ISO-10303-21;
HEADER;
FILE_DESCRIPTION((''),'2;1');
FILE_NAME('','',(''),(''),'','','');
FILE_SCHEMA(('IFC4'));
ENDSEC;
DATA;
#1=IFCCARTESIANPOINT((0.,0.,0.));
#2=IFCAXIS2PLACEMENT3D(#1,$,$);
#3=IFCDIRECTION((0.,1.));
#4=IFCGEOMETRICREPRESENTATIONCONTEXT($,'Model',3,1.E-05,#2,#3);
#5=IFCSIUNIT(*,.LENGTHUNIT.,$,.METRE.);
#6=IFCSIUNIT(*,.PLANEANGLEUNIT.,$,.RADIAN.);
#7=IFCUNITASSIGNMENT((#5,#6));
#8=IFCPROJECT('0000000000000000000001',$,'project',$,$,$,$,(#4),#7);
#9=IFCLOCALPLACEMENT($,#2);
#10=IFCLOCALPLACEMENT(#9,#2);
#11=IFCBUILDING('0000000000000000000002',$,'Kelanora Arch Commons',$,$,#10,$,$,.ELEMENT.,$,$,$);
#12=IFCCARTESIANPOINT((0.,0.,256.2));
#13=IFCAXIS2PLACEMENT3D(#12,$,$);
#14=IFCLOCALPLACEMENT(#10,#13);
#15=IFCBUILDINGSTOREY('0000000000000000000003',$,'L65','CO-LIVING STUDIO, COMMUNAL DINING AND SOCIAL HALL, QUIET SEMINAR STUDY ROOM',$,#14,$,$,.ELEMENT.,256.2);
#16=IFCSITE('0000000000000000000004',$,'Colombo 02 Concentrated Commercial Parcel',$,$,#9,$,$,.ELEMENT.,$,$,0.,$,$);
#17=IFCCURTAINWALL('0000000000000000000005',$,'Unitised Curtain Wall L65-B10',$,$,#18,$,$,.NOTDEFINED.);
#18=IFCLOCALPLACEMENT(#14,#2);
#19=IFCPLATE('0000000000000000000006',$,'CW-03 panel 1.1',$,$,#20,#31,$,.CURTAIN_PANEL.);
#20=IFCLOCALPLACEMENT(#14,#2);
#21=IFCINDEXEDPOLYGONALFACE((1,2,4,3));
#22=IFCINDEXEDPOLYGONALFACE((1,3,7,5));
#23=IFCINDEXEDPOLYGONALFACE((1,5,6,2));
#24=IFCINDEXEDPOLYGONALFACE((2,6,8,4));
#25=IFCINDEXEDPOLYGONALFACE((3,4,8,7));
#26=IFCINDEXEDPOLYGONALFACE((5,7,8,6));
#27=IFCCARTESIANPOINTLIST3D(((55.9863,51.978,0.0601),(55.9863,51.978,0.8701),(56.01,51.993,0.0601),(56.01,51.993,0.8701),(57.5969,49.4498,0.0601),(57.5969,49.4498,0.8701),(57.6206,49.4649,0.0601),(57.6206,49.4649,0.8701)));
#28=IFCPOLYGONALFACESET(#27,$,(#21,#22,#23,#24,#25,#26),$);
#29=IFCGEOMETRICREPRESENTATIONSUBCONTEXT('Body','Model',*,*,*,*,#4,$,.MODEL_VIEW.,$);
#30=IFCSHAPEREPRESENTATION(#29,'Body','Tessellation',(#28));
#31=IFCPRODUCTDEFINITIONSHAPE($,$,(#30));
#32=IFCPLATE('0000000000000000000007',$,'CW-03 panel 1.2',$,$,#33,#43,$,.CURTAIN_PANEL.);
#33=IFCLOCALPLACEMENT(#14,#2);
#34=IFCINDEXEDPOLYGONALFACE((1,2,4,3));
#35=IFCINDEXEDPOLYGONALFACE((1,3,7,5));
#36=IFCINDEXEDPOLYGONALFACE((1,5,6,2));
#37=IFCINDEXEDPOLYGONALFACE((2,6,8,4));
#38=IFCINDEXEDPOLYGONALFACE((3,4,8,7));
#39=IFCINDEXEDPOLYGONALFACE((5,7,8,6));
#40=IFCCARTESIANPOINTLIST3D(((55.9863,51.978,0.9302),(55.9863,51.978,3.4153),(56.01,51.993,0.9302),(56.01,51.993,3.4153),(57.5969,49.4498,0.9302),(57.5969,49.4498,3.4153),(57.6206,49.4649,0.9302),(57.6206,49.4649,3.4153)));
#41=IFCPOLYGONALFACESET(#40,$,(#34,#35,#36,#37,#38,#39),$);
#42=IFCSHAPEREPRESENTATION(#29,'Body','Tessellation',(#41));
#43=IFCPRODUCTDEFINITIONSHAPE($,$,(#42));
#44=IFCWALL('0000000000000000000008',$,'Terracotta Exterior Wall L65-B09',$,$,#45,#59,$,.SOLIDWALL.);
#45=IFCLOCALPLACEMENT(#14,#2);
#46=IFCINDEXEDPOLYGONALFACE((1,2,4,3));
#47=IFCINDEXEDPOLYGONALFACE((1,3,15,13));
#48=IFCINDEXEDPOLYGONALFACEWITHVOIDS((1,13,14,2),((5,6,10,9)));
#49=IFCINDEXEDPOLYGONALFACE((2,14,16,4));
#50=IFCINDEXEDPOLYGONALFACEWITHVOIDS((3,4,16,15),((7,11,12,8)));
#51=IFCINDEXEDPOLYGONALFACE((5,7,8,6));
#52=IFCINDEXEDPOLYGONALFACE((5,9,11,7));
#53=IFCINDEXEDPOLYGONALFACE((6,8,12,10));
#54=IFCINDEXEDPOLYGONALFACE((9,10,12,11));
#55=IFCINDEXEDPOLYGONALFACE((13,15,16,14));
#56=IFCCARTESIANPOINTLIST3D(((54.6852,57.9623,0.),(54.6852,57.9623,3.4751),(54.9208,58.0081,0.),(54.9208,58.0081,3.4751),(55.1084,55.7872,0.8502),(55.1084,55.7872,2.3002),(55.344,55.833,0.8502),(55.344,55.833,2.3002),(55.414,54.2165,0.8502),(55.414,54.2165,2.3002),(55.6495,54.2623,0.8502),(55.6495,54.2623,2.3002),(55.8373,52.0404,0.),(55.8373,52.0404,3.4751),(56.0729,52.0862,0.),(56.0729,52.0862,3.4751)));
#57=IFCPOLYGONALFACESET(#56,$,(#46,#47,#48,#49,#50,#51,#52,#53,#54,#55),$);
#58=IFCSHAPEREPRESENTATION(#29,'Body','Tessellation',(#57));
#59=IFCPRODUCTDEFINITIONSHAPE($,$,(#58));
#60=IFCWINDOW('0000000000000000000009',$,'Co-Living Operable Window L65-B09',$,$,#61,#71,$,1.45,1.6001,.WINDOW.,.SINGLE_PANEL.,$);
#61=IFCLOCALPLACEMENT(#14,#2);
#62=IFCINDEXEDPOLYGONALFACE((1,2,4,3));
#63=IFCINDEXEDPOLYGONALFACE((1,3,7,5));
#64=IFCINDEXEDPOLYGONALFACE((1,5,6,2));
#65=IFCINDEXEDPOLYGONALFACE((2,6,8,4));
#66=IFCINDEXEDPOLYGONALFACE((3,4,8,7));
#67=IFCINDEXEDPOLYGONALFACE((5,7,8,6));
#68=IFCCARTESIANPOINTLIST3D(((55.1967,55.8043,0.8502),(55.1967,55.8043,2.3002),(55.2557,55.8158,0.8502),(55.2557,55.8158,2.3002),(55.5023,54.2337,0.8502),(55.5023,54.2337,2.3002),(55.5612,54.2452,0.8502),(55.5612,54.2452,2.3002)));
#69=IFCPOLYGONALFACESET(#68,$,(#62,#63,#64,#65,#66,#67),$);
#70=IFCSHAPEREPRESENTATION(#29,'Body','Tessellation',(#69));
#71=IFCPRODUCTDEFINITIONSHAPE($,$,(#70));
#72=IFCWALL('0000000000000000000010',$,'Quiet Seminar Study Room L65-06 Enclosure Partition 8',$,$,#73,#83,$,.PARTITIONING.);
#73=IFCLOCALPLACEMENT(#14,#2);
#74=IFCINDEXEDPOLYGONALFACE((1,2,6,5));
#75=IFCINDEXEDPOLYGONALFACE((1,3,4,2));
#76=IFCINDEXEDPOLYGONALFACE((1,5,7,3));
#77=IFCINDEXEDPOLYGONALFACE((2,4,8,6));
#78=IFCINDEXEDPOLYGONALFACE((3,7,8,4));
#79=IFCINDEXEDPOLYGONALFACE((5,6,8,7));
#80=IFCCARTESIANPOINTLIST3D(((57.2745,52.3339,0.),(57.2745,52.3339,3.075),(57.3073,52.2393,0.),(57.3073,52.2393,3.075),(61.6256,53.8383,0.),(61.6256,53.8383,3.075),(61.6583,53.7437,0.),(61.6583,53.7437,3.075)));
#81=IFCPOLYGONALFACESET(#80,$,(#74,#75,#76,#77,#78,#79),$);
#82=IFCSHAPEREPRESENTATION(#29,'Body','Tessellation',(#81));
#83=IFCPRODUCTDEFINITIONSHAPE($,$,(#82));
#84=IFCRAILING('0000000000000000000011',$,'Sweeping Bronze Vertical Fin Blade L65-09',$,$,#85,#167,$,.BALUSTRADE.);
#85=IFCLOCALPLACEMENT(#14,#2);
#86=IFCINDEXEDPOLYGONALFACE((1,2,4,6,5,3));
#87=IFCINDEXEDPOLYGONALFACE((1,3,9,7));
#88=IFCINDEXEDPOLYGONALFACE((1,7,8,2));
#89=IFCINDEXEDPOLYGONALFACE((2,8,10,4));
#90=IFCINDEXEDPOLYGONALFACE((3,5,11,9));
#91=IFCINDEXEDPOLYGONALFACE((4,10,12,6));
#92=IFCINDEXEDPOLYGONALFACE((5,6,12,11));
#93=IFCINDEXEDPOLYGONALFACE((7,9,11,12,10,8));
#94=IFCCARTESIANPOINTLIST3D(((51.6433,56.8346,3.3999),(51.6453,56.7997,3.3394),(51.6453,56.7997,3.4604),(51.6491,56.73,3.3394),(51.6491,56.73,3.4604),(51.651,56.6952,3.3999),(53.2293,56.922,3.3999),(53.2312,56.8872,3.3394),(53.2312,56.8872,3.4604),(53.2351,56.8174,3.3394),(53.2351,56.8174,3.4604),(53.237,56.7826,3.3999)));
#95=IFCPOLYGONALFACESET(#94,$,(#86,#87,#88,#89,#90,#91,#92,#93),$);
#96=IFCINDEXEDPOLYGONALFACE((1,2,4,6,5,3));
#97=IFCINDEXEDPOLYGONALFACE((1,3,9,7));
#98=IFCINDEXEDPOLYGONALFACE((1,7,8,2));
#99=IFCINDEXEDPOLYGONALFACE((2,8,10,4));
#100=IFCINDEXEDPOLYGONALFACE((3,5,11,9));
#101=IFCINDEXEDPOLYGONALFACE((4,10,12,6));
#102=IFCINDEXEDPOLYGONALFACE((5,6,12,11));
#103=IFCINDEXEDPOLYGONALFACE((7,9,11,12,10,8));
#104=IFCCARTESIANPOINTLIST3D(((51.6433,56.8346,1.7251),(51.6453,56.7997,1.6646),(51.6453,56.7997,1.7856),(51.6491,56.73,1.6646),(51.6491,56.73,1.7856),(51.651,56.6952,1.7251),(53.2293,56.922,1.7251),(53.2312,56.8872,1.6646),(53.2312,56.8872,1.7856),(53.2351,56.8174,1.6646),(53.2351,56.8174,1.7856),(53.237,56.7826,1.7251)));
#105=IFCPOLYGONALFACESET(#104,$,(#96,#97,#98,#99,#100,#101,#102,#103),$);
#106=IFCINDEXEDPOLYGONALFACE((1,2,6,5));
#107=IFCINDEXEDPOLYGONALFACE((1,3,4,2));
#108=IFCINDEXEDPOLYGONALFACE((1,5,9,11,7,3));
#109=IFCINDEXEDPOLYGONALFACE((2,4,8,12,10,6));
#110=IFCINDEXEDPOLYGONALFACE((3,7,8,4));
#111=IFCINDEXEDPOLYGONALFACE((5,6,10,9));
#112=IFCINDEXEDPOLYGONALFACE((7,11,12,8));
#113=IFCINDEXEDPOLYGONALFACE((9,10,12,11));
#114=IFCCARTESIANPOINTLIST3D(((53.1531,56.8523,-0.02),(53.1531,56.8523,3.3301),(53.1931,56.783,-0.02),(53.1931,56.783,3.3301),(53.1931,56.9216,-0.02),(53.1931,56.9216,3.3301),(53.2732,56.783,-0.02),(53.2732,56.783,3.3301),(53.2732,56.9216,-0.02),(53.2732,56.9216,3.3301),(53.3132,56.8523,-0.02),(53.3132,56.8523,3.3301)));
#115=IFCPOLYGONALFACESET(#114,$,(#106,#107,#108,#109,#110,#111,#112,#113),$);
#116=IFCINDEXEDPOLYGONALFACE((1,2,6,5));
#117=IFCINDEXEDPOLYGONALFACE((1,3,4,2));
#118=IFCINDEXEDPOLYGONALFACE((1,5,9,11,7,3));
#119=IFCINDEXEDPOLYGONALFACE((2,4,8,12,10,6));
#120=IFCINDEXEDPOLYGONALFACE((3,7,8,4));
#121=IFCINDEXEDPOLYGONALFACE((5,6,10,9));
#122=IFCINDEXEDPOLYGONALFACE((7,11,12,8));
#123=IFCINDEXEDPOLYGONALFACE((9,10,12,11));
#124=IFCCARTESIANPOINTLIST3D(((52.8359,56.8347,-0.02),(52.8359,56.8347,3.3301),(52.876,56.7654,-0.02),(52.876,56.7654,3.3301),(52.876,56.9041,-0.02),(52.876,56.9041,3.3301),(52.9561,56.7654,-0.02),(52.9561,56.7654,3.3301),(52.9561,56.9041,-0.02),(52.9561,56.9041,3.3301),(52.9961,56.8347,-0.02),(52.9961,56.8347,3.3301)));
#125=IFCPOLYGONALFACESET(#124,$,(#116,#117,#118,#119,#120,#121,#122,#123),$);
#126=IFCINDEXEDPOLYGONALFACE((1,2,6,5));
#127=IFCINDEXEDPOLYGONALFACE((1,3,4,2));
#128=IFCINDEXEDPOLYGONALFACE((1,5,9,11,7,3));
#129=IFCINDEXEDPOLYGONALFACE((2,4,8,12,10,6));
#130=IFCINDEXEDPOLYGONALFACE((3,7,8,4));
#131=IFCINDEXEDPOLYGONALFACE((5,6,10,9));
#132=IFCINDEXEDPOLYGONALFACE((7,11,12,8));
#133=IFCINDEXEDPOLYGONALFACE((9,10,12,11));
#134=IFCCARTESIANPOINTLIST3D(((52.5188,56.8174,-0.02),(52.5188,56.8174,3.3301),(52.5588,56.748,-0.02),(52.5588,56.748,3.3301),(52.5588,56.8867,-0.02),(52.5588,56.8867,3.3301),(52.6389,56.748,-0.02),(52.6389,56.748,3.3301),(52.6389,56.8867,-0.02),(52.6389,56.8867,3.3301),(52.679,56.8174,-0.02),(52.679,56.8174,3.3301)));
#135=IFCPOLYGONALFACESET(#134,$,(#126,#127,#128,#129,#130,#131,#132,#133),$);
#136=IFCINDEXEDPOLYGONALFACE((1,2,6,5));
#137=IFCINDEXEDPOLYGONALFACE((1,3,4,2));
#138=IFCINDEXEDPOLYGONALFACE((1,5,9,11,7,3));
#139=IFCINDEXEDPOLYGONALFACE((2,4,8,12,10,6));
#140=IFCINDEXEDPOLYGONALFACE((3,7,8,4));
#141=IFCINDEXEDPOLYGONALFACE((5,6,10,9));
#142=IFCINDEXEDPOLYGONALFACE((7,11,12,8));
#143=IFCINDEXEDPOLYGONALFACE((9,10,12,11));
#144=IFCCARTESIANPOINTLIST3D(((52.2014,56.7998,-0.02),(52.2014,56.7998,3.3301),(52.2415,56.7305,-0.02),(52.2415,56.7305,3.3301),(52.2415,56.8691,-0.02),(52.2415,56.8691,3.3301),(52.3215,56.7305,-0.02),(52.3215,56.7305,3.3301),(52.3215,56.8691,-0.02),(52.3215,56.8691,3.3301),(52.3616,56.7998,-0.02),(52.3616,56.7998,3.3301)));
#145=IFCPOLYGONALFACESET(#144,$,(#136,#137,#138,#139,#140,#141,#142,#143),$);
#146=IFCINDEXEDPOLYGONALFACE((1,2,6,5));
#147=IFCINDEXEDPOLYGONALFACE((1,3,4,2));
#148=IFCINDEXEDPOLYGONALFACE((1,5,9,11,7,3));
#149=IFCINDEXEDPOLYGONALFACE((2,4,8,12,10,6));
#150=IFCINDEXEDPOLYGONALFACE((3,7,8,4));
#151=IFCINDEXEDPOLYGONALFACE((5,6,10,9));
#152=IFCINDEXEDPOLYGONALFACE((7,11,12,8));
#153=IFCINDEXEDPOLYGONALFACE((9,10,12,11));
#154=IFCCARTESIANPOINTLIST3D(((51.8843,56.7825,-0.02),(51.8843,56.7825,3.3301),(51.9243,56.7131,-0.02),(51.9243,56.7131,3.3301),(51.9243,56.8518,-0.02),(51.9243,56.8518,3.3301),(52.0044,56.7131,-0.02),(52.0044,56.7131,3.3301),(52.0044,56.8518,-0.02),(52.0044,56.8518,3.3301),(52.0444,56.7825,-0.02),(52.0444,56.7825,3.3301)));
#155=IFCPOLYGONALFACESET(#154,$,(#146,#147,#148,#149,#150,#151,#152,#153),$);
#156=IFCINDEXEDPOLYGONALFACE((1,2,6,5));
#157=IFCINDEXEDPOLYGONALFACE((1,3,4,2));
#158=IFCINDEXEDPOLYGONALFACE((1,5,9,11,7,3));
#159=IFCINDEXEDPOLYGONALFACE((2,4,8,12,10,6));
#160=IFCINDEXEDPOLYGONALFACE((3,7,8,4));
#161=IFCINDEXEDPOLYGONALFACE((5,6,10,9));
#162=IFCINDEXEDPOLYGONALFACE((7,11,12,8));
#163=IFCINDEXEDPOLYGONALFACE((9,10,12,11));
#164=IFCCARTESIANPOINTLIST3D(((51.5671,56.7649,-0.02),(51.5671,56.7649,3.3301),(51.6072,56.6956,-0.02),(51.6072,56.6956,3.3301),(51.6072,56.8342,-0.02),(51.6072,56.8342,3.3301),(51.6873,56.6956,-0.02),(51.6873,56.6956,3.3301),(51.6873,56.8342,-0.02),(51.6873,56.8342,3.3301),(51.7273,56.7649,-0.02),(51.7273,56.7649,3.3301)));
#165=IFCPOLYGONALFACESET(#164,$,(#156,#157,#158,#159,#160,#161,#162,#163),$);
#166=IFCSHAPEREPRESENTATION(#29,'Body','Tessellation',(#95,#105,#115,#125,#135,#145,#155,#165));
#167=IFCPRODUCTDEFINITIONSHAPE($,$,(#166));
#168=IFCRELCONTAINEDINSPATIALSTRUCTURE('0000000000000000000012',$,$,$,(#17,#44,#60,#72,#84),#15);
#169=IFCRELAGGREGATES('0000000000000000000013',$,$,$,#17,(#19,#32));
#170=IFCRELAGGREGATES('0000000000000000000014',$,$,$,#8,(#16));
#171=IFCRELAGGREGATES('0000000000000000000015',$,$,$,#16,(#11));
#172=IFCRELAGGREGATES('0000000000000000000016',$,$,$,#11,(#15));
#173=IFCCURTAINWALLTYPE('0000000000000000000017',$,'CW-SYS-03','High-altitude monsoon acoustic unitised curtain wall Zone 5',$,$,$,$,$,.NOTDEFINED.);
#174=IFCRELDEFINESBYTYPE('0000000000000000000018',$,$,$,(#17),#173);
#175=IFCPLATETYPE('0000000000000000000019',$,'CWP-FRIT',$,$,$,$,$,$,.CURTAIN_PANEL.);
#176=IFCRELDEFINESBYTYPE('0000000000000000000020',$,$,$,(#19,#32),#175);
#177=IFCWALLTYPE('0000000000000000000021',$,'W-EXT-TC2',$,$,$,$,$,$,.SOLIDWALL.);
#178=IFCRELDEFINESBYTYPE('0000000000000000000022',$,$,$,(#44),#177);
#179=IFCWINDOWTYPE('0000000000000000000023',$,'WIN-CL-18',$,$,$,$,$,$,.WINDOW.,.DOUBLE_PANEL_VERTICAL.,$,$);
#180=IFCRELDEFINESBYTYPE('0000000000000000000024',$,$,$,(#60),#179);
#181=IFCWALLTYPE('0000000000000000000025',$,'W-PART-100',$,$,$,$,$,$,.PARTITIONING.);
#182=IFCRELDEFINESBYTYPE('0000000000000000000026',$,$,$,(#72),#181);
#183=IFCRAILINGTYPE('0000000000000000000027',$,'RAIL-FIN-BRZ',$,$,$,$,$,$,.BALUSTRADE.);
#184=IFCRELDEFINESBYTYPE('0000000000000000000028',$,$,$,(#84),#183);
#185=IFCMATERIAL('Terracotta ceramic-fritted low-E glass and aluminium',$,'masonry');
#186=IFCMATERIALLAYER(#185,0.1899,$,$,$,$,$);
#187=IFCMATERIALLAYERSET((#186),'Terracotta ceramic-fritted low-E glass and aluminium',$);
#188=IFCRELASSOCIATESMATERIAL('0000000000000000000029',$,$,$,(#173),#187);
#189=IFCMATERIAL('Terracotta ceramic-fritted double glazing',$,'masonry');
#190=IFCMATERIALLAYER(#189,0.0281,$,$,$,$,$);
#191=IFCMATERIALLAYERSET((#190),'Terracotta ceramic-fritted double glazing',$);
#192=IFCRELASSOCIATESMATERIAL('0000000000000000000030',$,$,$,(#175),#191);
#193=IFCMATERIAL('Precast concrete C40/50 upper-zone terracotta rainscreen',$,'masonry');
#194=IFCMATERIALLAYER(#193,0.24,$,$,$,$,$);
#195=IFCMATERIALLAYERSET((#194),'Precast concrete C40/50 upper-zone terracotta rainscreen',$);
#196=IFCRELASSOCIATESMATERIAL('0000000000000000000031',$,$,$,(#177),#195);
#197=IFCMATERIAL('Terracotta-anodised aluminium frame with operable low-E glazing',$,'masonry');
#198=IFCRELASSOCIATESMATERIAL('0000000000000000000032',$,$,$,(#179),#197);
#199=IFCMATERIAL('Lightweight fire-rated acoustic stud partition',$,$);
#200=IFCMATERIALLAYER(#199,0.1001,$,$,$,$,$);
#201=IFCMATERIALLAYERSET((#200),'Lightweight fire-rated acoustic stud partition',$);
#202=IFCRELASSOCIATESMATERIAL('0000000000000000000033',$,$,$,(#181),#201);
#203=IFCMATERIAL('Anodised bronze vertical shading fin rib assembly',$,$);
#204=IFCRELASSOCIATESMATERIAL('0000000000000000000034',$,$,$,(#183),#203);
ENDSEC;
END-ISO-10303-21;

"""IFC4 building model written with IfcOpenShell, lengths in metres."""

from ifc_helpers import new_model, si_unit, direction, frame, frame_2d, origin, origin_2d, place, context, subcontext, project, spatial, polyline, rectangle, outline, extrude, source, transform, mapped, material, layer, layer_set, type_object, element, fill, aggregate, save


model = new_model("IFC4")

# Units and contexts
model_context = context("Model", 3, precision=1e-05, world=origin(), true_north=direction((0.0, 1.0)))
body_context = subcontext(model_context, "Body", "Model", "MODEL_VIEW")
ifc_project = project(units=[si_unit("LENGTHUNIT", "METRE"), si_unit("PLANEANGLEUNIT", "RADIAN")], contexts=[model_context])

# Site, building, storey
site_placement = place(None, origin())
site = spatial("IfcSite", under=ifc_project, at=site_placement, Name="Colombo 02 Concentrated Commercial Parcel", CompositionType="ELEMENT", RefElevation=0.0)
building_placement = place(site_placement, origin())
building = spatial("IfcBuilding", under=site, at=building_placement, Name="Kelanora Arch Commons", CompositionType="ELEMENT")
storey_placement = place(building_placement, frame((0.0, 0.0, 256.2)))
storey = spatial("IfcBuildingStorey", under=building, at=storey_placement, Name="L65", Description="CO-LIVING STUDIO, COMMUNAL DINING AND SOCIAL HALL, QUIET SEMINAR STUDY ROOM", CompositionType="ELEMENT", Elevation=256.2)

# Curtain wall
ifc_material_1 = material(Name="Terracotta ceramic-fritted low-E glass and aluminium", Category="masonry")
ifc_layer_1 = layer(ifc_material_1, 0.1899)
ifc_layer_set_1 = layer_set([ifc_layer_1], Name="Terracotta ceramic-fritted low-E glass and aluminium")
curtain_wall_type = type_object("IfcCurtainWallType", Name="CW-SYS-03", Description="High-altitude monsoon acoustic unitised curtain wall Zone 5", PredefinedType="NOTDEFINED", material=ifc_layer_set_1)
curtain_wall_placement = place(storey_placement, origin())
curtain_wall = element("IfcCurtainWall", 1, at=curtain_wall_placement, inside=storey, type_object=curtain_wall_type, Name="Unitised Curtain Wall L65-B10", PredefinedType="NOTDEFINED")

# Plates
ifc_material_2 = material(Name="Terracotta ceramic-fritted double glazing", Category="masonry")
ifc_layer_2 = layer(ifc_material_2, 0.0281)
ifc_layer_set_2 = layer_set([ifc_layer_2], Name="Terracotta ceramic-fritted double glazing")
plate_type = type_object("IfcPlateType", Name="CWP-FRIT", PredefinedType="CURTAIN_PANEL", material=ifc_layer_set_2)
shared_shape_1 = source(origin(), body_context, "Body", "SweptSolid", [
    extrude(rectangle(XDim=2.9976, YDim=0.0281, at=origin_2d()), origin(), (0.0, 0.0, 1.0), 0.8101),
])
plate_1_placement = place(storey_placement, frame((56.8035, 50.7214, 0.0601), z_axis=(0.0, 0.0, 1.0), x_axis=(0.5373, -0.843391, 0.0)))
plate_1 = element("IfcPlate", 2, at=plate_1_placement, type_object=plate_type, Name="CW-03 panel 1.1", PredefinedType="CURTAIN_PANEL", context=body_context, shape_type="MappedRepresentation", body=[
    mapped(shared_shape_1, transform((0.0, 0.0, 0.0), scale=1.0)),
])
shared_shape_2 = source(origin(), body_context, "Body", "SweptSolid", [
    extrude(rectangle(XDim=2.9976, YDim=0.0281, at=origin_2d()), origin(), (0.0, 0.0, 1.0), 2.4851),
])
plate_2_placement = place(storey_placement, frame((56.8035, 50.7214, 0.9302), z_axis=(0.0, 0.0, 1.0), x_axis=(0.5373, -0.843391, 0.0)))
plate_2 = element("IfcPlate", 3, at=plate_2_placement, type_object=plate_type, Name="CW-03 panel 1.2", PredefinedType="CURTAIN_PANEL", context=body_context, shape_type="MappedRepresentation", body=[
    mapped(shared_shape_2, transform((0.0, 0.0, 0.0), scale=1.0)),
])
aggregate(curtain_wall, [plate_1, plate_2])

# Wall, opening, window
ifc_material_3 = material(Name="Precast concrete C40/50 upper-zone terracotta rainscreen", Category="masonry")
ifc_layer_3 = layer(ifc_material_3, 0.24)
ifc_layer_set_3 = layer_set([ifc_layer_3], Name="Precast concrete C40/50 upper-zone terracotta rainscreen")
wall_type_1 = type_object("IfcWallType", Name="W-EXT-TC2", PredefinedType="SOLIDWALL", material=ifc_layer_set_3)
wall_1_placement = place(storey_placement, frame((54.803, 57.9854, 0.0), z_axis=(0.0, 0.0, 1.0), x_axis=(0.190969, -0.981596, 0.0)))
wall_1 = element("IfcWall", 4, at=wall_1_placement, inside=storey, type_object=wall_type_1, Name="Terracotta Exterior Wall L65-B09", PredefinedType="SOLIDWALL", context=body_context, shape_type="SweptSolid", body=[
    extrude(rectangle(XDim=6.033, YDim=0.24, at=frame_2d((3.0166, 0.0))), origin(), (0.0, 0.0, 1.0), 3.4751),
])
opening_placement = place(wall_1_placement, frame((2.2161, 0.0, 0.8501)))
opening = element("IfcOpeningElement", 5, at=opening_placement, cuts=wall_1, PredefinedType="OPENING", context=body_context, shape_type="SweptSolid", body=[
    extrude(rectangle(XDim=1.6001, YDim=1.45, at=frame_2d((0.8, 0.7251))), frame((0.0, 0.1299, 0.0), z_axis=(0.0, -1.0, 0.0), x_axis=(1.0, 0.0, 0.0)), (0.0, 0.0, 1.0), 0.26),
])
ifc_material_4 = material(Name="Terracotta-anodised aluminium frame with operable low-E glazing", Category="masonry")
window_type = type_object("IfcWindowType", Name="WIN-CL-18", PartitioningType="DOUBLE_PANEL_VERTICAL", PredefinedType="WINDOW", material=ifc_material_4)
window_placement = place(opening_placement, origin())
window = element("IfcWindow", 6, at=window_placement, inside=storey, type_object=window_type, Name="Co-Living Operable Window L65-B09", OverallHeight=1.45, OverallWidth=1.6001, PartitioningType="SINGLE_PANEL", PredefinedType="WINDOW", context=body_context, shape_type="SweptSolid", body=[
    extrude(rectangle(XDim=1.6001, YDim=1.45, at=frame_2d((0.8, 0.7251))), frame((0.0, 0.03, 0.0), z_axis=(0.0, -1.0, 0.0), x_axis=(1.0, 0.0, 0.0)), (0.0, 0.0, 1.0), 0.0601),
])
fill(opening, window)

# Wall
ifc_material_5 = material(Name="Lightweight fire-rated acoustic stud partition")
ifc_layer_4 = layer(ifc_material_5, 0.1001)
ifc_layer_set_4 = layer_set([ifc_layer_4], Name="Lightweight fire-rated acoustic stud partition")
wall_type_2 = type_object("IfcWallType", Name="W-PART-100", PredefinedType="PARTITIONING", material=ifc_layer_set_4)
wall_2_placement = place(storey_placement, frame((57.291, 52.2866, 0.0), z_axis=(0.0, 0.0, 1.0), x_axis=(0.945103, 0.326772, 0.0)))
element("IfcWall", 7, at=wall_2_placement, inside=storey, type_object=wall_type_2, Name="Quiet Seminar Study Room L65-06 Enclosure Partition 8", PredefinedType="PARTITIONING", context=body_context, shape_type="SweptSolid", body=[
    extrude(rectangle(XDim=4.6038, YDim=0.1001, at=frame_2d((2.3018, 0.0))), origin(), (0.0, 0.0, 1.0), 3.075),
])

# Railing
ifc_material_6 = material(Name="Anodised bronze vertical shading fin rib assembly")
railing_type = type_object("IfcRailingType", Name="RAIL-FIN-BRZ", PredefinedType="BALUSTRADE", material=ifc_material_6)
railing_1_placement = place(storey_placement, frame((53.2332, 56.8523, -0.02)))
element("IfcRailing", 8, at=railing_1_placement, inside=storey, type_object=railing_type, Name="Sweeping Bronze Vertical Fin Blade L65-09", PredefinedType="BALUSTRADE", context=body_context, shape_type="SweptSolid", body=[
    extrude(outline(polyline([(0.0698, 0.0), (0.0349, 0.0605), (-0.0349, 0.0605), (-0.0698, 0.0), (-0.0349, -0.0605), (0.0349, -0.0605), (0.0698, 0.0)])), frame((0.0, 0.0, 3.4199), z_axis=(-0.998485, -0.055027, 0.0), x_axis=(0.055027, -0.998485, 0.0)), (0.0, 0.0, 1.0), 1.5884),
    extrude(outline(polyline([(0.0698, 0.0), (0.0349, 0.0605), (-0.0349, 0.0605), (-0.0698, 0.0), (-0.0349, -0.0605), (0.0349, -0.0605), (0.0698, 0.0)])), frame((0.0, 0.0, 1.7451), z_axis=(-0.998485, -0.055027, 0.0), x_axis=(0.055027, -0.998485, 0.0)), (0.0, 0.0, 1.0), 1.5884),
    extrude(outline(polyline([(0.0801, 0.0), (0.04, 0.0693), (-0.04, 0.0693), (-0.0801, 0.0), (-0.04, -0.0693), (0.04, -0.0693), (0.0801, 0.0)])), origin(), (0.0, 0.0, 1.0), 3.3501),
    extrude(outline(polyline([(0.0801, 0.0), (0.04, 0.0693), (-0.04, 0.0693), (-0.0801, 0.0), (-0.04, -0.0693), (0.04, -0.0693), (0.0801, 0.0)])), frame((-0.3171, -0.0176, 0.0)), (0.0, 0.0, 1.0), 3.3501),
    extrude(outline(polyline([(0.0801, 0.0), (0.04, 0.0693), (-0.04, 0.0693), (-0.0801, 0.0), (-0.04, -0.0693), (0.04, -0.0693), (0.0801, 0.0)])), frame((-0.6343, -0.0349, 0.0)), (0.0, 0.0, 1.0), 3.3501),
    extrude(outline(polyline([(0.0801, 0.0), (0.04, 0.0693), (-0.04, 0.0693), (-0.0801, 0.0), (-0.04, -0.0693), (0.04, -0.0693), (0.0801, 0.0)])), frame((-0.9517, -0.0525, 0.0)), (0.0, 0.0, 1.0), 3.3501),
    extrude(outline(polyline([(0.0801, 0.0), (0.04, 0.0693), (-0.04, 0.0693), (-0.0801, 0.0), (-0.04, -0.0693), (0.04, -0.0693), (0.0801, 0.0)])), frame((-1.2688, -0.0698, 0.0)), (0.0, 0.0, 1.0), 3.3501),
    extrude(outline(polyline([(0.0801, 0.0), (0.04, 0.0693), (-0.04, 0.0693), (-0.0801, 0.0), (-0.04, -0.0693), (0.04, -0.0693), (0.0801, 0.0)])), frame((-1.5859, -0.0874, 0.0)), (0.0, 0.0, 1.0), 3.3501),
])

save(model, "model.ifc")
